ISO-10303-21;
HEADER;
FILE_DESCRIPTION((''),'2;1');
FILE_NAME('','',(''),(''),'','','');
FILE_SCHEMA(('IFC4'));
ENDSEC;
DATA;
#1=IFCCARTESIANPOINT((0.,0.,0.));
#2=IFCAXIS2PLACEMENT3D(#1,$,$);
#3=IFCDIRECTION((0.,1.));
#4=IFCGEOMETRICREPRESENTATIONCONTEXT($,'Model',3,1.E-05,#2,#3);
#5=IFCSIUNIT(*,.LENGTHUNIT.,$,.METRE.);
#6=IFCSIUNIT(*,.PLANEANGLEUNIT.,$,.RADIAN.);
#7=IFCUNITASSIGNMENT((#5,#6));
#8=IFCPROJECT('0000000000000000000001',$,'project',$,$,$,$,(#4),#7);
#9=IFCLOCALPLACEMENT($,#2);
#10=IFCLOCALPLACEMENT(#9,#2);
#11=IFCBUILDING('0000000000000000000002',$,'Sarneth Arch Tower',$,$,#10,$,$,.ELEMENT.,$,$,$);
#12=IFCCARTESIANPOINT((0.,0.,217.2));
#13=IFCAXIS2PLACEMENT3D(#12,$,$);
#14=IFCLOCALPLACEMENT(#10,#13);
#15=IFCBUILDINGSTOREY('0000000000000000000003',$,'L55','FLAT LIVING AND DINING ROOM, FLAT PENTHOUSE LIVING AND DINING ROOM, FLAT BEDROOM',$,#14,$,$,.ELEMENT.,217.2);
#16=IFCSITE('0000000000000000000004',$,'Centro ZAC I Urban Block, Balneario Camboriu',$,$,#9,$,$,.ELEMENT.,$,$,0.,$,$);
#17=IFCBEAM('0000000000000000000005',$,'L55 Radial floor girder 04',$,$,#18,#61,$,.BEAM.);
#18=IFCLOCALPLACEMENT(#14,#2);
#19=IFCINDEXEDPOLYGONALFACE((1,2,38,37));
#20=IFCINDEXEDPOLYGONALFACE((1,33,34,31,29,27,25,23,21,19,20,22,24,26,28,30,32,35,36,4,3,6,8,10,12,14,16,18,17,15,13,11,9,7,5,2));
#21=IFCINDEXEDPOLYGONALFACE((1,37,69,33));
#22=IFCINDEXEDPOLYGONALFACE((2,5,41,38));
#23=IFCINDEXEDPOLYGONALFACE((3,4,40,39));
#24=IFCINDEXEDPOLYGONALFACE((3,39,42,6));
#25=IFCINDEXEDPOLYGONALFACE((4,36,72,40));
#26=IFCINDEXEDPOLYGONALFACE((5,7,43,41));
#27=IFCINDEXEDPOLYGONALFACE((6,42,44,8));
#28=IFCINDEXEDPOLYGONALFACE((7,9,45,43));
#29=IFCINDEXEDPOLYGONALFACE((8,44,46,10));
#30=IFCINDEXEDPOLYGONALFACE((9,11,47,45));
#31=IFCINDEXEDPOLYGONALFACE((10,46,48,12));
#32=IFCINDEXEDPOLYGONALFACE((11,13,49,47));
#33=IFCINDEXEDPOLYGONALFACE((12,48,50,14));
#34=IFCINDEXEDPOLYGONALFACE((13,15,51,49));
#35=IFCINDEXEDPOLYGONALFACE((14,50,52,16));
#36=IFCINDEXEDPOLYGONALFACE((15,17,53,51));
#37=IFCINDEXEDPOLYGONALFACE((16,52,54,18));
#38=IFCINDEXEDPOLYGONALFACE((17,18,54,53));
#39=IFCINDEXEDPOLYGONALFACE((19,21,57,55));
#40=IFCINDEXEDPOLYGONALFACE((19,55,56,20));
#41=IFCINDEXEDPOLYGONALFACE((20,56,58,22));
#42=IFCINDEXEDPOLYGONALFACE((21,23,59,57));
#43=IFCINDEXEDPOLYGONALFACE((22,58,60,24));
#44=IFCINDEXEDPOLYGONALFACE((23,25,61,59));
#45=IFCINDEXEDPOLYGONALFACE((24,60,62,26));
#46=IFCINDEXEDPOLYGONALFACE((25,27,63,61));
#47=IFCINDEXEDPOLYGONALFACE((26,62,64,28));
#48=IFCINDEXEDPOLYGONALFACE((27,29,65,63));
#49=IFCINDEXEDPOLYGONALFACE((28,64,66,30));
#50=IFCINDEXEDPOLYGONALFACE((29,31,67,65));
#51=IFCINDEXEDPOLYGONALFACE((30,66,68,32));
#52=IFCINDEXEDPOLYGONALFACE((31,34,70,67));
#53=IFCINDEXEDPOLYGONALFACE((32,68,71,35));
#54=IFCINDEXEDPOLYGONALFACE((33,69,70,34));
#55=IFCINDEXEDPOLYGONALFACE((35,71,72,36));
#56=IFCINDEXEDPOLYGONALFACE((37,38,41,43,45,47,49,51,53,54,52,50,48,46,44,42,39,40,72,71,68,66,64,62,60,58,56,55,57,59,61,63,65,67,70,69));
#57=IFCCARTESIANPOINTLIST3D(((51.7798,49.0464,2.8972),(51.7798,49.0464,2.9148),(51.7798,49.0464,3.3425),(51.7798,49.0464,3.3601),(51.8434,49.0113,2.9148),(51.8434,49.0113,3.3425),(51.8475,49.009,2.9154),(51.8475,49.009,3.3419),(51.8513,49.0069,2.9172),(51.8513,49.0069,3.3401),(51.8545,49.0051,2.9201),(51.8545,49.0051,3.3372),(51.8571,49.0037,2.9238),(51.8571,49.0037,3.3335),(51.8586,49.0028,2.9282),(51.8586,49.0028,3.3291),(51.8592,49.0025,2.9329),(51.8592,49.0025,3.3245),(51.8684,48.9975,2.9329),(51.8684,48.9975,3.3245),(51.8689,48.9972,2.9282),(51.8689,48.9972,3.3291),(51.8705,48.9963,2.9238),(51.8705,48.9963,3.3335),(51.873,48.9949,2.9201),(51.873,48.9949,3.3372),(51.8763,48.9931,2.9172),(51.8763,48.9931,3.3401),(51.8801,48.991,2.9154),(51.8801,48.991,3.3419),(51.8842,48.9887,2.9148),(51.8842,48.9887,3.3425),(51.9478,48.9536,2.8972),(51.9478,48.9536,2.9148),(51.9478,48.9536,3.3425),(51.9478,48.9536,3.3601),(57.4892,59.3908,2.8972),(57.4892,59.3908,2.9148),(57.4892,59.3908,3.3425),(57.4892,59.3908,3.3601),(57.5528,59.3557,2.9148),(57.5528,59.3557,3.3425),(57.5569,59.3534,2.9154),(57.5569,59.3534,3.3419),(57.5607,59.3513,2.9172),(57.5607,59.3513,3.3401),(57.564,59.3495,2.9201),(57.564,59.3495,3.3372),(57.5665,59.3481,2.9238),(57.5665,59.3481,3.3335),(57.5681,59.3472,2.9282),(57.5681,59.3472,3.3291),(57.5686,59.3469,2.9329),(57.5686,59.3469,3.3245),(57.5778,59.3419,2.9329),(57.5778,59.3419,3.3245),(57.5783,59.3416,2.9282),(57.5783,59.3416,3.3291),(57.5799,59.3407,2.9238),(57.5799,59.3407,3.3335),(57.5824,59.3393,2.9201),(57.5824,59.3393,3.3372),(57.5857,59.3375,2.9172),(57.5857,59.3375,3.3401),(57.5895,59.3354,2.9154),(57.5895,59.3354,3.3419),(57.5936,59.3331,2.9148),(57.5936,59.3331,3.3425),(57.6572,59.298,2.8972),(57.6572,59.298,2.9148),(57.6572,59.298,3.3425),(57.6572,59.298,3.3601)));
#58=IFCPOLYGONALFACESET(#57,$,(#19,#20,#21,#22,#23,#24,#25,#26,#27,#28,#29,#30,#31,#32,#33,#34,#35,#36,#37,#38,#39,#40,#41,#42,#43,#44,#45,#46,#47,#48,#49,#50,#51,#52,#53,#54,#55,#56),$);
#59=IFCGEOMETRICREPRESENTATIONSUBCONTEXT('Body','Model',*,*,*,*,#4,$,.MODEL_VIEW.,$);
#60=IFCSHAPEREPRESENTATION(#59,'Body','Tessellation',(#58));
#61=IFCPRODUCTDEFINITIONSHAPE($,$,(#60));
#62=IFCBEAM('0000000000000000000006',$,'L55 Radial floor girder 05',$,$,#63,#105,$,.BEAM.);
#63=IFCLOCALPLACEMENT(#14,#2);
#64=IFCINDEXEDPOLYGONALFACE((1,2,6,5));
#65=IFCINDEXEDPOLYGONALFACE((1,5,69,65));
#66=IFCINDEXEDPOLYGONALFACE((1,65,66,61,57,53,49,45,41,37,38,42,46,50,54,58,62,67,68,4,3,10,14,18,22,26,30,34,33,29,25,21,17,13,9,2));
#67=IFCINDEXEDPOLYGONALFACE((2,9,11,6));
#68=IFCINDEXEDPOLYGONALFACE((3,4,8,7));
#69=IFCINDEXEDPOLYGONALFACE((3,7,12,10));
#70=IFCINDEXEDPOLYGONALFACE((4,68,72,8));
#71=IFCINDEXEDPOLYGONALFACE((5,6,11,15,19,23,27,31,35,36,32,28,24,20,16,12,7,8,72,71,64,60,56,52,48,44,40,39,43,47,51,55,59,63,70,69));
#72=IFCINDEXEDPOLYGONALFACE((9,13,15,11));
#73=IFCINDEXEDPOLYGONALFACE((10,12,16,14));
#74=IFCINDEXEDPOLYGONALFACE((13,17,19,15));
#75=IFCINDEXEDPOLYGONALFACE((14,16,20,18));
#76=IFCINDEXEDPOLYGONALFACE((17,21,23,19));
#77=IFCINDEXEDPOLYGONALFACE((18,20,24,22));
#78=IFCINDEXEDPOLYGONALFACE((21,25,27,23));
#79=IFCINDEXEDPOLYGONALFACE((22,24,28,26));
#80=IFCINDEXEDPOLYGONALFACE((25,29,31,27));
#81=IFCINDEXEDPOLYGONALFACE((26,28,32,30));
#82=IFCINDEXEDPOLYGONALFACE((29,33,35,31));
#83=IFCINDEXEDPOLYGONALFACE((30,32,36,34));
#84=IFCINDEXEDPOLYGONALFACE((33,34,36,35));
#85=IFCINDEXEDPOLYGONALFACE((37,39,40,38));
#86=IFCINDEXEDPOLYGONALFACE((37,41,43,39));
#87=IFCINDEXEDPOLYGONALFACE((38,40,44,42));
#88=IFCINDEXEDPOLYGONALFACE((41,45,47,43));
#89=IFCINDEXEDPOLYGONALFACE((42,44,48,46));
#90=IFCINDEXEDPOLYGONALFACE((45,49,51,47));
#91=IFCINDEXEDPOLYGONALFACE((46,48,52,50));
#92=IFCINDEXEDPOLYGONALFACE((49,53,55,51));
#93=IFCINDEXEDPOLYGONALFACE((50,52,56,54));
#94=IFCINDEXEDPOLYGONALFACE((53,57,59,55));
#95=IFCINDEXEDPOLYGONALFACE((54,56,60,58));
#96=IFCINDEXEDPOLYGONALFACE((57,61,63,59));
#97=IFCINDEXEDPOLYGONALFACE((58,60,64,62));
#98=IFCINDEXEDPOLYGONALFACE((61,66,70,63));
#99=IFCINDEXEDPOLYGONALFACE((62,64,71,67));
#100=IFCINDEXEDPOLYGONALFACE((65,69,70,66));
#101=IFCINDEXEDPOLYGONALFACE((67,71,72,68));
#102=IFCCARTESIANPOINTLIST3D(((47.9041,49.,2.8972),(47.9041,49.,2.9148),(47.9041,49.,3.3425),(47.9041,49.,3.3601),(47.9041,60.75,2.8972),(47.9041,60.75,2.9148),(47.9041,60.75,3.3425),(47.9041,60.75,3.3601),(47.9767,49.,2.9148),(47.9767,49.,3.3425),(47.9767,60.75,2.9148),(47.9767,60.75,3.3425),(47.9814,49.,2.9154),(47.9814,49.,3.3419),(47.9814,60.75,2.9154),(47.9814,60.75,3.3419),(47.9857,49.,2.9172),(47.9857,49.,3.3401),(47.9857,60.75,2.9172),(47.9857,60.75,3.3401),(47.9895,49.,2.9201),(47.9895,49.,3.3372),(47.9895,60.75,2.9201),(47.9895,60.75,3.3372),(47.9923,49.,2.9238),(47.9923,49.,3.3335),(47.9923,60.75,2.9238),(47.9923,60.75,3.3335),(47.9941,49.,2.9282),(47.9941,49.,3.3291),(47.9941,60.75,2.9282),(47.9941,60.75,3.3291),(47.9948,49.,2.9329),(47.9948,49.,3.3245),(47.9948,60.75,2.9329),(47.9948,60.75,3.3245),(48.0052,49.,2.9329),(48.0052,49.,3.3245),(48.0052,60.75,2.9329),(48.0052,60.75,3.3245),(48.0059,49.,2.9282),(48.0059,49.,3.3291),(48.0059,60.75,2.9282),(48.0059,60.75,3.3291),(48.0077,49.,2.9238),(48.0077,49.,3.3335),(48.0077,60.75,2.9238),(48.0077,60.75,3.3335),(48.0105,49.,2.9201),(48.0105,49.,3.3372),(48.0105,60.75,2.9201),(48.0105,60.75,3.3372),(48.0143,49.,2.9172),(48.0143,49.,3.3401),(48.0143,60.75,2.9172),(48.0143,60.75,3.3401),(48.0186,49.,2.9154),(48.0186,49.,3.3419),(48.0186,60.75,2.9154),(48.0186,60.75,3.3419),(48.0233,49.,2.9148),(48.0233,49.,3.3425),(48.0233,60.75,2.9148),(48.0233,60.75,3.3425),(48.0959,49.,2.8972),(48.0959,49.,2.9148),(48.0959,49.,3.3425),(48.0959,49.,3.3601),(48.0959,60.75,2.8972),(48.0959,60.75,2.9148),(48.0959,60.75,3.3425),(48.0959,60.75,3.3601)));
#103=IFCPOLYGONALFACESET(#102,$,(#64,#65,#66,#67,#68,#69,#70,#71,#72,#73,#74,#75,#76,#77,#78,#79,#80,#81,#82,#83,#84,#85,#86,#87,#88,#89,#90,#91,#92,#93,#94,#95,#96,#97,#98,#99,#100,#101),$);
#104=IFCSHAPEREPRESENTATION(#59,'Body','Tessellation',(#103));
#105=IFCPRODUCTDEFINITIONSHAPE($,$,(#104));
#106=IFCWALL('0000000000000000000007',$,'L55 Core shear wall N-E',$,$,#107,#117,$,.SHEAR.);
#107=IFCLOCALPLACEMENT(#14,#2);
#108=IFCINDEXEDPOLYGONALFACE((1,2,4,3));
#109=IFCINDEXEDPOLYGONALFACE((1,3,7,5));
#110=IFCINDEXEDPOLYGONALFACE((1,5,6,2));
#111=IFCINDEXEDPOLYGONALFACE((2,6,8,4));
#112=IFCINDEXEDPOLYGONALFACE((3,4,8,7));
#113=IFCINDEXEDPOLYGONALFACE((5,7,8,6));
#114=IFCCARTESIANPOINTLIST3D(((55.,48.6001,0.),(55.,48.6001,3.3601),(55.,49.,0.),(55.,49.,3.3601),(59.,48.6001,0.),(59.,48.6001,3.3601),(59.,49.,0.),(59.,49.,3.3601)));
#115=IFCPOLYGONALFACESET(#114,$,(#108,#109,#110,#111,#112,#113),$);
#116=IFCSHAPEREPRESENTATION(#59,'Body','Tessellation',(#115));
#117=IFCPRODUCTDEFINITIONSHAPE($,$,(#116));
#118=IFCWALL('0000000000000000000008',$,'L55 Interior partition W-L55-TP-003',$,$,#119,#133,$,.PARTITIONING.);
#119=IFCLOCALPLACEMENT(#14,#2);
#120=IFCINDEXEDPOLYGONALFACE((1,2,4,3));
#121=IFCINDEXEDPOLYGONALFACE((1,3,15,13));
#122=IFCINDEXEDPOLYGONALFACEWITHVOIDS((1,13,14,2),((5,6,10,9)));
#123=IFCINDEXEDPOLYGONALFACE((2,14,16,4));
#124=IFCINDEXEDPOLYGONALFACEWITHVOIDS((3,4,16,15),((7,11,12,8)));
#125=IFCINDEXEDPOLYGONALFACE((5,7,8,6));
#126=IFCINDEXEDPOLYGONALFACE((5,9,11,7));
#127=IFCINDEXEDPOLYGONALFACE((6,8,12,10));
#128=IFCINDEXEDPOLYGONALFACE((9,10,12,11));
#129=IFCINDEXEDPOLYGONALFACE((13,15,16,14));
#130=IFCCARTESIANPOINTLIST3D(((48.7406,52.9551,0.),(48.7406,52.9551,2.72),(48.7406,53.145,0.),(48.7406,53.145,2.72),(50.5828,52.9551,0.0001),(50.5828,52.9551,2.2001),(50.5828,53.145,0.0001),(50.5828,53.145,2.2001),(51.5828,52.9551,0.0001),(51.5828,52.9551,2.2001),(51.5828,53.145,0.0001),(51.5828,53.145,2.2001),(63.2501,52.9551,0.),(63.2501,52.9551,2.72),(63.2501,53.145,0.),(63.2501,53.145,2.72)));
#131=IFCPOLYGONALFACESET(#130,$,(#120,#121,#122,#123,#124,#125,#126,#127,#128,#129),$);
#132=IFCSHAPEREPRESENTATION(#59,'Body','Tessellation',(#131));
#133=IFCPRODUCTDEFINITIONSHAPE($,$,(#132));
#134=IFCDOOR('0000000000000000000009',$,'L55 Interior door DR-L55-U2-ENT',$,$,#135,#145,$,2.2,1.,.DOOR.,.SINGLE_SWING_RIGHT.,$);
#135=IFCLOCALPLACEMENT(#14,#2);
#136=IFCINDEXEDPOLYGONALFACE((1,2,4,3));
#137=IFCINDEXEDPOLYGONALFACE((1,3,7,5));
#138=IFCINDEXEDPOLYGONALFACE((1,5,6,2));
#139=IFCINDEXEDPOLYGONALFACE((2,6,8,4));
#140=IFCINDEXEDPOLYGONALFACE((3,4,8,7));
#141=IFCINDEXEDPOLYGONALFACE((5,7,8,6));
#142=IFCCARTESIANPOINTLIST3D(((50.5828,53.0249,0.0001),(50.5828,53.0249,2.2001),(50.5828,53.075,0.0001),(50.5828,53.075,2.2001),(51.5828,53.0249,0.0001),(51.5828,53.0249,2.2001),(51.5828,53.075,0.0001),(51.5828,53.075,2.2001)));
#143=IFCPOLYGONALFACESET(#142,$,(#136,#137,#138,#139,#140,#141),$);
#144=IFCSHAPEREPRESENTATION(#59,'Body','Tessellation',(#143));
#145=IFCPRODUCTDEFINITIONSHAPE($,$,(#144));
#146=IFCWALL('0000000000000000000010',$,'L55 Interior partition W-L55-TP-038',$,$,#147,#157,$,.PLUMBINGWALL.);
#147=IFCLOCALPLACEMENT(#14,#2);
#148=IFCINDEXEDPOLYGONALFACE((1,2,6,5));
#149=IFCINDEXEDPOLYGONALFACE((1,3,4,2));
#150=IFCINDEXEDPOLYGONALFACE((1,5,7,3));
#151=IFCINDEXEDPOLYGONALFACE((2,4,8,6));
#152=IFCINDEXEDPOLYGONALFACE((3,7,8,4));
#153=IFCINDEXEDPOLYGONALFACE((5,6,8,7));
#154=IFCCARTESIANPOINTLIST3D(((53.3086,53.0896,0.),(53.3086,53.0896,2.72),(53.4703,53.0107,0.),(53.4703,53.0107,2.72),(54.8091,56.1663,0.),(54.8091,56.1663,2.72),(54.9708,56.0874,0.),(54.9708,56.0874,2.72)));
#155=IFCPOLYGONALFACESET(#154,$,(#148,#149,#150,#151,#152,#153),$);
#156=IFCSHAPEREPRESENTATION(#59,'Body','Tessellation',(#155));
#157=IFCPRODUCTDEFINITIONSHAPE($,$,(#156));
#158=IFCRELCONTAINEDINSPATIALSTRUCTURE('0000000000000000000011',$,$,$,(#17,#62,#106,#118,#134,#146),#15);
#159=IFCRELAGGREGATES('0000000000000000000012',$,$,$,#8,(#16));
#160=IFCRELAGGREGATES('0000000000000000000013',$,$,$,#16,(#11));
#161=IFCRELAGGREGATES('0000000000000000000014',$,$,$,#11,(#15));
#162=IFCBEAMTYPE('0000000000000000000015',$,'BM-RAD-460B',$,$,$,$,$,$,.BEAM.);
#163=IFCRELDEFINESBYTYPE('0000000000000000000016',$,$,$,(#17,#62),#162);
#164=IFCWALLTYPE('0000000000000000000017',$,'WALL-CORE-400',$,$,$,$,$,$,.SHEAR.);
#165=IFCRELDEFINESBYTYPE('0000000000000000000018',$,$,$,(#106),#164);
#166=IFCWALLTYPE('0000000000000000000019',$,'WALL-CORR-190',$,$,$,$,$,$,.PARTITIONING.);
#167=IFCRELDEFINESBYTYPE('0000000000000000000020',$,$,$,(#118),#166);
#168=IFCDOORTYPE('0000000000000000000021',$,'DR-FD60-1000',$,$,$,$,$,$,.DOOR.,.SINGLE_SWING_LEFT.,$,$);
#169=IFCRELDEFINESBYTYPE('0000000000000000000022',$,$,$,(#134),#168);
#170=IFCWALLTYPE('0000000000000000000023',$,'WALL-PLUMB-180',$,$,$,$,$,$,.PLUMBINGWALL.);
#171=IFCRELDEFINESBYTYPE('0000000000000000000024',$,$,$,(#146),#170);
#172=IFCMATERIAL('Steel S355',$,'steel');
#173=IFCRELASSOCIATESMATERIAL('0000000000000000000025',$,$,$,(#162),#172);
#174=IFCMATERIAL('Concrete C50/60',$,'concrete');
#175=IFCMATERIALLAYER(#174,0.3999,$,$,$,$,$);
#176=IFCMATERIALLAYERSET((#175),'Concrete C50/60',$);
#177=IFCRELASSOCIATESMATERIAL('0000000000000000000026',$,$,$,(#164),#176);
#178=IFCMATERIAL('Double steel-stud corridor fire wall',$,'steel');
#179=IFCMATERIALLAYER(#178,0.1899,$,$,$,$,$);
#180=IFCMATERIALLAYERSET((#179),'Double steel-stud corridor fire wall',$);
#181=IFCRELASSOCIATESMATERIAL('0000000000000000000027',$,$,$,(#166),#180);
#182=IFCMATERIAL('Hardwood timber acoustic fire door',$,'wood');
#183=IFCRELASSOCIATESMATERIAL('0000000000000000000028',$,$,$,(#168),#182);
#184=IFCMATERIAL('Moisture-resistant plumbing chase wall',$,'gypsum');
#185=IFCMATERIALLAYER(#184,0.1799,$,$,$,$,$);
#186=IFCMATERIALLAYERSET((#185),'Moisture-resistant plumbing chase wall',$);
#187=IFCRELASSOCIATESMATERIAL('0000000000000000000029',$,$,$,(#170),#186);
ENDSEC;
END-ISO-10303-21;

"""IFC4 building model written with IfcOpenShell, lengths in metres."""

from ifc_helpers import new_model, si_unit, direction, frame, frame_2d, origin, origin_2d, place, context, subcontext, project, spatial, rectangle, i_section, extrude, material, layer, layer_set, material_profile, profile_set, type_object, element, fill, save


model = new_model("IFC4")

# Units and contexts
model_context = context("Model", 3, precision=1e-05, world=origin(), true_north=direction((0.0, 1.0)))
body_context = subcontext(model_context, "Body", "Model", "MODEL_VIEW")
ifc_project = project(units=[si_unit("LENGTHUNIT", "METRE"), si_unit("PLANEANGLEUNIT", "RADIAN")], contexts=[model_context])

# Site, building, storey
site_placement = place(None, origin())
site = spatial("IfcSite", under=ifc_project, at=site_placement, Name="Centro ZAC I Urban Block, Balneario Camboriu", CompositionType="ELEMENT", RefElevation=0.0)
building_placement = place(site_placement, origin())
building = spatial("IfcBuilding", under=site, at=building_placement, Name="Sarneth Arch Tower", CompositionType="ELEMENT")
storey_placement = place(building_placement, frame((0.0, 0.0, 217.2)))
storey = spatial("IfcBuildingStorey", under=building, at=storey_placement, Name="L55", Description="FLAT LIVING AND DINING ROOM, FLAT PENTHOUSE LIVING AND DINING ROOM, FLAT BEDROOM", CompositionType="ELEMENT", Elevation=217.2)

# Beams
ifc_material_1 = material(Name="Steel S355", Category="steel")
ifc_material_profile_1 = material_profile(ifc_material_1, i_section(OverallWidth=0.1919, OverallDepth=0.4629, WebThickness=0.0105, FlangeThickness=0.0176, FilletRadius=0.0181, at=origin_2d()), Name="W460x89")
ifc_profile_set_1 = profile_set([ifc_material_profile_1], Name="Steel S355")
beam_type_1 = type_object("IfcBeamType", Name="BM-RAD-460B", PredefinedType="BEAM", material=ifc_profile_set_1)
beam_1_placement = place(storey_placement, frame((51.8638, 49.0, 3.1287), z_axis=(0.483218, 0.8755, 0.0), x_axis=(-0.8755, 0.483218, 0.0)))
element("IfcBeam", 1, at=beam_1_placement, inside=storey, type_object=beam_type_1, Name="L55 Radial floor girder 04", PredefinedType="BEAM", context=body_context, shape_type="SweptSolid", body=[
    extrude(i_section(OverallWidth=0.1919, OverallDepth=0.4629, WebThickness=0.0105, FlangeThickness=0.0176, FilletRadius=0.0181, at=origin_2d()), origin(), (0.0, 0.0, 1.0), 11.8154),
])
beam_2_placement = place(storey_placement, frame((48.0, 49.0, 3.1287), z_axis=(0.0, 1.0, 0.0), x_axis=(-1.0, 0.0, 0.0)))
element("IfcBeam", 2, at=beam_2_placement, inside=storey, type_object=beam_type_1, Name="L55 Radial floor girder 05", PredefinedType="BEAM", context=body_context, shape_type="SweptSolid", body=[
    extrude(i_section(OverallWidth=0.1919, OverallDepth=0.4629, WebThickness=0.0105, FlangeThickness=0.0176, FilletRadius=0.0181, at=origin_2d()), origin(), (0.0, 0.0, 1.0), 11.75),
])

# Wall
ifc_material_2 = material(Name="Concrete C50/60", Category="concrete")
ifc_layer_1 = layer(ifc_material_2, 0.3999)
ifc_layer_set_1 = layer_set([ifc_layer_1], Name="Concrete C50/60")
wall_type_1 = type_object("IfcWallType", Name="WALL-CORE-400", PredefinedType="SHEAR", material=ifc_layer_set_1)
wall_1_placement = place(storey_placement, frame((55.0, 48.8, 0.0), z_axis=(0.0, 0.0, 1.0), x_axis=(1.0, 0.0, 0.0)))
element("IfcWall", 3, at=wall_1_placement, inside=storey, type_object=wall_type_1, Name="L55 Core shear wall N-E", PredefinedType="SHEAR", context=body_context, shape_type="SweptSolid", body=[
    extrude(rectangle(XDim=4.0, YDim=0.3999, at=frame_2d((2.0, 0.0))), origin(), (0.0, 0.0, 1.0), 3.3601),
])

# Wall, opening, door
ifc_material_3 = material(Name="Double steel-stud corridor fire wall", Category="steel")
ifc_layer_2 = layer(ifc_material_3, 0.1899)
ifc_layer_set_2 = layer_set([ifc_layer_2], Name="Double steel-stud corridor fire wall")
wall_type_2 = type_object("IfcWallType", Name="WALL-CORR-190", PredefinedType="PARTITIONING", material=ifc_layer_set_2)
wall_2_placement = place(storey_placement, frame((48.7405, 53.05, 0.0), z_axis=(0.0, 0.0, 1.0), x_axis=(1.0, 0.0, 0.0)))
wall_2 = element("IfcWall", 4, at=wall_2_placement, inside=storey, type_object=wall_type_2, Name="L55 Interior partition W-L55-TP-003", PredefinedType="PARTITIONING", context=body_context, shape_type="SweptSolid", body=[
    extrude(rectangle(XDim=14.5095, YDim=0.1899, at=frame_2d((7.2549, 0.0))), origin(), (0.0, 0.0, 1.0), 2.72),
])
opening_1_placement = place(wall_2_placement, frame((1.8423, 0.0, 0.0)))
opening_1 = element("IfcOpeningElement", 5, at=opening_1_placement, cuts=wall_2, PredefinedType="OPENING", context=body_context, shape_type="SweptSolid", body=[
    extrude(rectangle(XDim=1.0, YDim=2.2, at=frame_2d((0.5, 1.1001))), frame((0.0, 0.105, 0.0), z_axis=(0.0, -1.0, 0.0), x_axis=(1.0, 0.0, 0.0)), (0.0, 0.0, 1.0), 0.21),
])
ifc_material_4 = material(Name="Hardwood timber acoustic fire door", Category="wood")
door_type_1 = type_object("IfcDoorType", Name="DR-FD60-1000", OperationType="SINGLE_SWING_LEFT", PredefinedType="DOOR", material=ifc_material_4)
door_1_placement = place(opening_1_placement, origin())
door_1 = element("IfcDoor", 6, at=door_1_placement, inside=storey, type_object=door_type_1, Name="L55 Interior door DR-L55-U2-ENT", OperationType="SINGLE_SWING_RIGHT", OverallHeight=2.2, OverallWidth=1.0, PredefinedType="DOOR", context=body_context, shape_type="SweptSolid", body=[
    extrude(rectangle(XDim=1.0, YDim=2.2, at=frame_2d((0.5, 1.1001))), frame((0.0, 0.0249, 0.0), z_axis=(0.0, -1.0, 0.0), x_axis=(1.0, 0.0, 0.0)), (0.0, 0.0, 1.0), 0.05),
])
fill(opening_1, door_1)

# Wall
ifc_material_5 = material(Name="Moisture-resistant plumbing chase wall", Category="gypsum")
ifc_layer_3 = layer(ifc_material_5, 0.1799)
ifc_layer_set_3 = layer_set([ifc_layer_3], Name="Moisture-resistant plumbing chase wall")
wall_type_3 = type_object("IfcWallType", Name="WALL-PLUMB-180", PredefinedType="PLUMBINGWALL", material=ifc_layer_set_3)
wall_3_placement = place(storey_placement, frame((54.8899, 56.1267, 0.0), z_axis=(0.0, 0.0, 1.0), x_axis=(-0.438348, -0.898805, 0.0)))
element("IfcWall", 7, at=wall_3_placement, inside=storey, type_object=wall_type_3, Name="L55 Interior partition W-L55-TP-038", PredefinedType="PLUMBINGWALL", context=body_context, shape_type="SweptSolid", body=[
    extrude(rectangle(XDim=3.4231, YDim=0.1799, at=frame_2d((1.7114, 0.0))), origin(), (0.0, 0.0, 1.0), 2.72),
])

save(model, "model.ifc")
